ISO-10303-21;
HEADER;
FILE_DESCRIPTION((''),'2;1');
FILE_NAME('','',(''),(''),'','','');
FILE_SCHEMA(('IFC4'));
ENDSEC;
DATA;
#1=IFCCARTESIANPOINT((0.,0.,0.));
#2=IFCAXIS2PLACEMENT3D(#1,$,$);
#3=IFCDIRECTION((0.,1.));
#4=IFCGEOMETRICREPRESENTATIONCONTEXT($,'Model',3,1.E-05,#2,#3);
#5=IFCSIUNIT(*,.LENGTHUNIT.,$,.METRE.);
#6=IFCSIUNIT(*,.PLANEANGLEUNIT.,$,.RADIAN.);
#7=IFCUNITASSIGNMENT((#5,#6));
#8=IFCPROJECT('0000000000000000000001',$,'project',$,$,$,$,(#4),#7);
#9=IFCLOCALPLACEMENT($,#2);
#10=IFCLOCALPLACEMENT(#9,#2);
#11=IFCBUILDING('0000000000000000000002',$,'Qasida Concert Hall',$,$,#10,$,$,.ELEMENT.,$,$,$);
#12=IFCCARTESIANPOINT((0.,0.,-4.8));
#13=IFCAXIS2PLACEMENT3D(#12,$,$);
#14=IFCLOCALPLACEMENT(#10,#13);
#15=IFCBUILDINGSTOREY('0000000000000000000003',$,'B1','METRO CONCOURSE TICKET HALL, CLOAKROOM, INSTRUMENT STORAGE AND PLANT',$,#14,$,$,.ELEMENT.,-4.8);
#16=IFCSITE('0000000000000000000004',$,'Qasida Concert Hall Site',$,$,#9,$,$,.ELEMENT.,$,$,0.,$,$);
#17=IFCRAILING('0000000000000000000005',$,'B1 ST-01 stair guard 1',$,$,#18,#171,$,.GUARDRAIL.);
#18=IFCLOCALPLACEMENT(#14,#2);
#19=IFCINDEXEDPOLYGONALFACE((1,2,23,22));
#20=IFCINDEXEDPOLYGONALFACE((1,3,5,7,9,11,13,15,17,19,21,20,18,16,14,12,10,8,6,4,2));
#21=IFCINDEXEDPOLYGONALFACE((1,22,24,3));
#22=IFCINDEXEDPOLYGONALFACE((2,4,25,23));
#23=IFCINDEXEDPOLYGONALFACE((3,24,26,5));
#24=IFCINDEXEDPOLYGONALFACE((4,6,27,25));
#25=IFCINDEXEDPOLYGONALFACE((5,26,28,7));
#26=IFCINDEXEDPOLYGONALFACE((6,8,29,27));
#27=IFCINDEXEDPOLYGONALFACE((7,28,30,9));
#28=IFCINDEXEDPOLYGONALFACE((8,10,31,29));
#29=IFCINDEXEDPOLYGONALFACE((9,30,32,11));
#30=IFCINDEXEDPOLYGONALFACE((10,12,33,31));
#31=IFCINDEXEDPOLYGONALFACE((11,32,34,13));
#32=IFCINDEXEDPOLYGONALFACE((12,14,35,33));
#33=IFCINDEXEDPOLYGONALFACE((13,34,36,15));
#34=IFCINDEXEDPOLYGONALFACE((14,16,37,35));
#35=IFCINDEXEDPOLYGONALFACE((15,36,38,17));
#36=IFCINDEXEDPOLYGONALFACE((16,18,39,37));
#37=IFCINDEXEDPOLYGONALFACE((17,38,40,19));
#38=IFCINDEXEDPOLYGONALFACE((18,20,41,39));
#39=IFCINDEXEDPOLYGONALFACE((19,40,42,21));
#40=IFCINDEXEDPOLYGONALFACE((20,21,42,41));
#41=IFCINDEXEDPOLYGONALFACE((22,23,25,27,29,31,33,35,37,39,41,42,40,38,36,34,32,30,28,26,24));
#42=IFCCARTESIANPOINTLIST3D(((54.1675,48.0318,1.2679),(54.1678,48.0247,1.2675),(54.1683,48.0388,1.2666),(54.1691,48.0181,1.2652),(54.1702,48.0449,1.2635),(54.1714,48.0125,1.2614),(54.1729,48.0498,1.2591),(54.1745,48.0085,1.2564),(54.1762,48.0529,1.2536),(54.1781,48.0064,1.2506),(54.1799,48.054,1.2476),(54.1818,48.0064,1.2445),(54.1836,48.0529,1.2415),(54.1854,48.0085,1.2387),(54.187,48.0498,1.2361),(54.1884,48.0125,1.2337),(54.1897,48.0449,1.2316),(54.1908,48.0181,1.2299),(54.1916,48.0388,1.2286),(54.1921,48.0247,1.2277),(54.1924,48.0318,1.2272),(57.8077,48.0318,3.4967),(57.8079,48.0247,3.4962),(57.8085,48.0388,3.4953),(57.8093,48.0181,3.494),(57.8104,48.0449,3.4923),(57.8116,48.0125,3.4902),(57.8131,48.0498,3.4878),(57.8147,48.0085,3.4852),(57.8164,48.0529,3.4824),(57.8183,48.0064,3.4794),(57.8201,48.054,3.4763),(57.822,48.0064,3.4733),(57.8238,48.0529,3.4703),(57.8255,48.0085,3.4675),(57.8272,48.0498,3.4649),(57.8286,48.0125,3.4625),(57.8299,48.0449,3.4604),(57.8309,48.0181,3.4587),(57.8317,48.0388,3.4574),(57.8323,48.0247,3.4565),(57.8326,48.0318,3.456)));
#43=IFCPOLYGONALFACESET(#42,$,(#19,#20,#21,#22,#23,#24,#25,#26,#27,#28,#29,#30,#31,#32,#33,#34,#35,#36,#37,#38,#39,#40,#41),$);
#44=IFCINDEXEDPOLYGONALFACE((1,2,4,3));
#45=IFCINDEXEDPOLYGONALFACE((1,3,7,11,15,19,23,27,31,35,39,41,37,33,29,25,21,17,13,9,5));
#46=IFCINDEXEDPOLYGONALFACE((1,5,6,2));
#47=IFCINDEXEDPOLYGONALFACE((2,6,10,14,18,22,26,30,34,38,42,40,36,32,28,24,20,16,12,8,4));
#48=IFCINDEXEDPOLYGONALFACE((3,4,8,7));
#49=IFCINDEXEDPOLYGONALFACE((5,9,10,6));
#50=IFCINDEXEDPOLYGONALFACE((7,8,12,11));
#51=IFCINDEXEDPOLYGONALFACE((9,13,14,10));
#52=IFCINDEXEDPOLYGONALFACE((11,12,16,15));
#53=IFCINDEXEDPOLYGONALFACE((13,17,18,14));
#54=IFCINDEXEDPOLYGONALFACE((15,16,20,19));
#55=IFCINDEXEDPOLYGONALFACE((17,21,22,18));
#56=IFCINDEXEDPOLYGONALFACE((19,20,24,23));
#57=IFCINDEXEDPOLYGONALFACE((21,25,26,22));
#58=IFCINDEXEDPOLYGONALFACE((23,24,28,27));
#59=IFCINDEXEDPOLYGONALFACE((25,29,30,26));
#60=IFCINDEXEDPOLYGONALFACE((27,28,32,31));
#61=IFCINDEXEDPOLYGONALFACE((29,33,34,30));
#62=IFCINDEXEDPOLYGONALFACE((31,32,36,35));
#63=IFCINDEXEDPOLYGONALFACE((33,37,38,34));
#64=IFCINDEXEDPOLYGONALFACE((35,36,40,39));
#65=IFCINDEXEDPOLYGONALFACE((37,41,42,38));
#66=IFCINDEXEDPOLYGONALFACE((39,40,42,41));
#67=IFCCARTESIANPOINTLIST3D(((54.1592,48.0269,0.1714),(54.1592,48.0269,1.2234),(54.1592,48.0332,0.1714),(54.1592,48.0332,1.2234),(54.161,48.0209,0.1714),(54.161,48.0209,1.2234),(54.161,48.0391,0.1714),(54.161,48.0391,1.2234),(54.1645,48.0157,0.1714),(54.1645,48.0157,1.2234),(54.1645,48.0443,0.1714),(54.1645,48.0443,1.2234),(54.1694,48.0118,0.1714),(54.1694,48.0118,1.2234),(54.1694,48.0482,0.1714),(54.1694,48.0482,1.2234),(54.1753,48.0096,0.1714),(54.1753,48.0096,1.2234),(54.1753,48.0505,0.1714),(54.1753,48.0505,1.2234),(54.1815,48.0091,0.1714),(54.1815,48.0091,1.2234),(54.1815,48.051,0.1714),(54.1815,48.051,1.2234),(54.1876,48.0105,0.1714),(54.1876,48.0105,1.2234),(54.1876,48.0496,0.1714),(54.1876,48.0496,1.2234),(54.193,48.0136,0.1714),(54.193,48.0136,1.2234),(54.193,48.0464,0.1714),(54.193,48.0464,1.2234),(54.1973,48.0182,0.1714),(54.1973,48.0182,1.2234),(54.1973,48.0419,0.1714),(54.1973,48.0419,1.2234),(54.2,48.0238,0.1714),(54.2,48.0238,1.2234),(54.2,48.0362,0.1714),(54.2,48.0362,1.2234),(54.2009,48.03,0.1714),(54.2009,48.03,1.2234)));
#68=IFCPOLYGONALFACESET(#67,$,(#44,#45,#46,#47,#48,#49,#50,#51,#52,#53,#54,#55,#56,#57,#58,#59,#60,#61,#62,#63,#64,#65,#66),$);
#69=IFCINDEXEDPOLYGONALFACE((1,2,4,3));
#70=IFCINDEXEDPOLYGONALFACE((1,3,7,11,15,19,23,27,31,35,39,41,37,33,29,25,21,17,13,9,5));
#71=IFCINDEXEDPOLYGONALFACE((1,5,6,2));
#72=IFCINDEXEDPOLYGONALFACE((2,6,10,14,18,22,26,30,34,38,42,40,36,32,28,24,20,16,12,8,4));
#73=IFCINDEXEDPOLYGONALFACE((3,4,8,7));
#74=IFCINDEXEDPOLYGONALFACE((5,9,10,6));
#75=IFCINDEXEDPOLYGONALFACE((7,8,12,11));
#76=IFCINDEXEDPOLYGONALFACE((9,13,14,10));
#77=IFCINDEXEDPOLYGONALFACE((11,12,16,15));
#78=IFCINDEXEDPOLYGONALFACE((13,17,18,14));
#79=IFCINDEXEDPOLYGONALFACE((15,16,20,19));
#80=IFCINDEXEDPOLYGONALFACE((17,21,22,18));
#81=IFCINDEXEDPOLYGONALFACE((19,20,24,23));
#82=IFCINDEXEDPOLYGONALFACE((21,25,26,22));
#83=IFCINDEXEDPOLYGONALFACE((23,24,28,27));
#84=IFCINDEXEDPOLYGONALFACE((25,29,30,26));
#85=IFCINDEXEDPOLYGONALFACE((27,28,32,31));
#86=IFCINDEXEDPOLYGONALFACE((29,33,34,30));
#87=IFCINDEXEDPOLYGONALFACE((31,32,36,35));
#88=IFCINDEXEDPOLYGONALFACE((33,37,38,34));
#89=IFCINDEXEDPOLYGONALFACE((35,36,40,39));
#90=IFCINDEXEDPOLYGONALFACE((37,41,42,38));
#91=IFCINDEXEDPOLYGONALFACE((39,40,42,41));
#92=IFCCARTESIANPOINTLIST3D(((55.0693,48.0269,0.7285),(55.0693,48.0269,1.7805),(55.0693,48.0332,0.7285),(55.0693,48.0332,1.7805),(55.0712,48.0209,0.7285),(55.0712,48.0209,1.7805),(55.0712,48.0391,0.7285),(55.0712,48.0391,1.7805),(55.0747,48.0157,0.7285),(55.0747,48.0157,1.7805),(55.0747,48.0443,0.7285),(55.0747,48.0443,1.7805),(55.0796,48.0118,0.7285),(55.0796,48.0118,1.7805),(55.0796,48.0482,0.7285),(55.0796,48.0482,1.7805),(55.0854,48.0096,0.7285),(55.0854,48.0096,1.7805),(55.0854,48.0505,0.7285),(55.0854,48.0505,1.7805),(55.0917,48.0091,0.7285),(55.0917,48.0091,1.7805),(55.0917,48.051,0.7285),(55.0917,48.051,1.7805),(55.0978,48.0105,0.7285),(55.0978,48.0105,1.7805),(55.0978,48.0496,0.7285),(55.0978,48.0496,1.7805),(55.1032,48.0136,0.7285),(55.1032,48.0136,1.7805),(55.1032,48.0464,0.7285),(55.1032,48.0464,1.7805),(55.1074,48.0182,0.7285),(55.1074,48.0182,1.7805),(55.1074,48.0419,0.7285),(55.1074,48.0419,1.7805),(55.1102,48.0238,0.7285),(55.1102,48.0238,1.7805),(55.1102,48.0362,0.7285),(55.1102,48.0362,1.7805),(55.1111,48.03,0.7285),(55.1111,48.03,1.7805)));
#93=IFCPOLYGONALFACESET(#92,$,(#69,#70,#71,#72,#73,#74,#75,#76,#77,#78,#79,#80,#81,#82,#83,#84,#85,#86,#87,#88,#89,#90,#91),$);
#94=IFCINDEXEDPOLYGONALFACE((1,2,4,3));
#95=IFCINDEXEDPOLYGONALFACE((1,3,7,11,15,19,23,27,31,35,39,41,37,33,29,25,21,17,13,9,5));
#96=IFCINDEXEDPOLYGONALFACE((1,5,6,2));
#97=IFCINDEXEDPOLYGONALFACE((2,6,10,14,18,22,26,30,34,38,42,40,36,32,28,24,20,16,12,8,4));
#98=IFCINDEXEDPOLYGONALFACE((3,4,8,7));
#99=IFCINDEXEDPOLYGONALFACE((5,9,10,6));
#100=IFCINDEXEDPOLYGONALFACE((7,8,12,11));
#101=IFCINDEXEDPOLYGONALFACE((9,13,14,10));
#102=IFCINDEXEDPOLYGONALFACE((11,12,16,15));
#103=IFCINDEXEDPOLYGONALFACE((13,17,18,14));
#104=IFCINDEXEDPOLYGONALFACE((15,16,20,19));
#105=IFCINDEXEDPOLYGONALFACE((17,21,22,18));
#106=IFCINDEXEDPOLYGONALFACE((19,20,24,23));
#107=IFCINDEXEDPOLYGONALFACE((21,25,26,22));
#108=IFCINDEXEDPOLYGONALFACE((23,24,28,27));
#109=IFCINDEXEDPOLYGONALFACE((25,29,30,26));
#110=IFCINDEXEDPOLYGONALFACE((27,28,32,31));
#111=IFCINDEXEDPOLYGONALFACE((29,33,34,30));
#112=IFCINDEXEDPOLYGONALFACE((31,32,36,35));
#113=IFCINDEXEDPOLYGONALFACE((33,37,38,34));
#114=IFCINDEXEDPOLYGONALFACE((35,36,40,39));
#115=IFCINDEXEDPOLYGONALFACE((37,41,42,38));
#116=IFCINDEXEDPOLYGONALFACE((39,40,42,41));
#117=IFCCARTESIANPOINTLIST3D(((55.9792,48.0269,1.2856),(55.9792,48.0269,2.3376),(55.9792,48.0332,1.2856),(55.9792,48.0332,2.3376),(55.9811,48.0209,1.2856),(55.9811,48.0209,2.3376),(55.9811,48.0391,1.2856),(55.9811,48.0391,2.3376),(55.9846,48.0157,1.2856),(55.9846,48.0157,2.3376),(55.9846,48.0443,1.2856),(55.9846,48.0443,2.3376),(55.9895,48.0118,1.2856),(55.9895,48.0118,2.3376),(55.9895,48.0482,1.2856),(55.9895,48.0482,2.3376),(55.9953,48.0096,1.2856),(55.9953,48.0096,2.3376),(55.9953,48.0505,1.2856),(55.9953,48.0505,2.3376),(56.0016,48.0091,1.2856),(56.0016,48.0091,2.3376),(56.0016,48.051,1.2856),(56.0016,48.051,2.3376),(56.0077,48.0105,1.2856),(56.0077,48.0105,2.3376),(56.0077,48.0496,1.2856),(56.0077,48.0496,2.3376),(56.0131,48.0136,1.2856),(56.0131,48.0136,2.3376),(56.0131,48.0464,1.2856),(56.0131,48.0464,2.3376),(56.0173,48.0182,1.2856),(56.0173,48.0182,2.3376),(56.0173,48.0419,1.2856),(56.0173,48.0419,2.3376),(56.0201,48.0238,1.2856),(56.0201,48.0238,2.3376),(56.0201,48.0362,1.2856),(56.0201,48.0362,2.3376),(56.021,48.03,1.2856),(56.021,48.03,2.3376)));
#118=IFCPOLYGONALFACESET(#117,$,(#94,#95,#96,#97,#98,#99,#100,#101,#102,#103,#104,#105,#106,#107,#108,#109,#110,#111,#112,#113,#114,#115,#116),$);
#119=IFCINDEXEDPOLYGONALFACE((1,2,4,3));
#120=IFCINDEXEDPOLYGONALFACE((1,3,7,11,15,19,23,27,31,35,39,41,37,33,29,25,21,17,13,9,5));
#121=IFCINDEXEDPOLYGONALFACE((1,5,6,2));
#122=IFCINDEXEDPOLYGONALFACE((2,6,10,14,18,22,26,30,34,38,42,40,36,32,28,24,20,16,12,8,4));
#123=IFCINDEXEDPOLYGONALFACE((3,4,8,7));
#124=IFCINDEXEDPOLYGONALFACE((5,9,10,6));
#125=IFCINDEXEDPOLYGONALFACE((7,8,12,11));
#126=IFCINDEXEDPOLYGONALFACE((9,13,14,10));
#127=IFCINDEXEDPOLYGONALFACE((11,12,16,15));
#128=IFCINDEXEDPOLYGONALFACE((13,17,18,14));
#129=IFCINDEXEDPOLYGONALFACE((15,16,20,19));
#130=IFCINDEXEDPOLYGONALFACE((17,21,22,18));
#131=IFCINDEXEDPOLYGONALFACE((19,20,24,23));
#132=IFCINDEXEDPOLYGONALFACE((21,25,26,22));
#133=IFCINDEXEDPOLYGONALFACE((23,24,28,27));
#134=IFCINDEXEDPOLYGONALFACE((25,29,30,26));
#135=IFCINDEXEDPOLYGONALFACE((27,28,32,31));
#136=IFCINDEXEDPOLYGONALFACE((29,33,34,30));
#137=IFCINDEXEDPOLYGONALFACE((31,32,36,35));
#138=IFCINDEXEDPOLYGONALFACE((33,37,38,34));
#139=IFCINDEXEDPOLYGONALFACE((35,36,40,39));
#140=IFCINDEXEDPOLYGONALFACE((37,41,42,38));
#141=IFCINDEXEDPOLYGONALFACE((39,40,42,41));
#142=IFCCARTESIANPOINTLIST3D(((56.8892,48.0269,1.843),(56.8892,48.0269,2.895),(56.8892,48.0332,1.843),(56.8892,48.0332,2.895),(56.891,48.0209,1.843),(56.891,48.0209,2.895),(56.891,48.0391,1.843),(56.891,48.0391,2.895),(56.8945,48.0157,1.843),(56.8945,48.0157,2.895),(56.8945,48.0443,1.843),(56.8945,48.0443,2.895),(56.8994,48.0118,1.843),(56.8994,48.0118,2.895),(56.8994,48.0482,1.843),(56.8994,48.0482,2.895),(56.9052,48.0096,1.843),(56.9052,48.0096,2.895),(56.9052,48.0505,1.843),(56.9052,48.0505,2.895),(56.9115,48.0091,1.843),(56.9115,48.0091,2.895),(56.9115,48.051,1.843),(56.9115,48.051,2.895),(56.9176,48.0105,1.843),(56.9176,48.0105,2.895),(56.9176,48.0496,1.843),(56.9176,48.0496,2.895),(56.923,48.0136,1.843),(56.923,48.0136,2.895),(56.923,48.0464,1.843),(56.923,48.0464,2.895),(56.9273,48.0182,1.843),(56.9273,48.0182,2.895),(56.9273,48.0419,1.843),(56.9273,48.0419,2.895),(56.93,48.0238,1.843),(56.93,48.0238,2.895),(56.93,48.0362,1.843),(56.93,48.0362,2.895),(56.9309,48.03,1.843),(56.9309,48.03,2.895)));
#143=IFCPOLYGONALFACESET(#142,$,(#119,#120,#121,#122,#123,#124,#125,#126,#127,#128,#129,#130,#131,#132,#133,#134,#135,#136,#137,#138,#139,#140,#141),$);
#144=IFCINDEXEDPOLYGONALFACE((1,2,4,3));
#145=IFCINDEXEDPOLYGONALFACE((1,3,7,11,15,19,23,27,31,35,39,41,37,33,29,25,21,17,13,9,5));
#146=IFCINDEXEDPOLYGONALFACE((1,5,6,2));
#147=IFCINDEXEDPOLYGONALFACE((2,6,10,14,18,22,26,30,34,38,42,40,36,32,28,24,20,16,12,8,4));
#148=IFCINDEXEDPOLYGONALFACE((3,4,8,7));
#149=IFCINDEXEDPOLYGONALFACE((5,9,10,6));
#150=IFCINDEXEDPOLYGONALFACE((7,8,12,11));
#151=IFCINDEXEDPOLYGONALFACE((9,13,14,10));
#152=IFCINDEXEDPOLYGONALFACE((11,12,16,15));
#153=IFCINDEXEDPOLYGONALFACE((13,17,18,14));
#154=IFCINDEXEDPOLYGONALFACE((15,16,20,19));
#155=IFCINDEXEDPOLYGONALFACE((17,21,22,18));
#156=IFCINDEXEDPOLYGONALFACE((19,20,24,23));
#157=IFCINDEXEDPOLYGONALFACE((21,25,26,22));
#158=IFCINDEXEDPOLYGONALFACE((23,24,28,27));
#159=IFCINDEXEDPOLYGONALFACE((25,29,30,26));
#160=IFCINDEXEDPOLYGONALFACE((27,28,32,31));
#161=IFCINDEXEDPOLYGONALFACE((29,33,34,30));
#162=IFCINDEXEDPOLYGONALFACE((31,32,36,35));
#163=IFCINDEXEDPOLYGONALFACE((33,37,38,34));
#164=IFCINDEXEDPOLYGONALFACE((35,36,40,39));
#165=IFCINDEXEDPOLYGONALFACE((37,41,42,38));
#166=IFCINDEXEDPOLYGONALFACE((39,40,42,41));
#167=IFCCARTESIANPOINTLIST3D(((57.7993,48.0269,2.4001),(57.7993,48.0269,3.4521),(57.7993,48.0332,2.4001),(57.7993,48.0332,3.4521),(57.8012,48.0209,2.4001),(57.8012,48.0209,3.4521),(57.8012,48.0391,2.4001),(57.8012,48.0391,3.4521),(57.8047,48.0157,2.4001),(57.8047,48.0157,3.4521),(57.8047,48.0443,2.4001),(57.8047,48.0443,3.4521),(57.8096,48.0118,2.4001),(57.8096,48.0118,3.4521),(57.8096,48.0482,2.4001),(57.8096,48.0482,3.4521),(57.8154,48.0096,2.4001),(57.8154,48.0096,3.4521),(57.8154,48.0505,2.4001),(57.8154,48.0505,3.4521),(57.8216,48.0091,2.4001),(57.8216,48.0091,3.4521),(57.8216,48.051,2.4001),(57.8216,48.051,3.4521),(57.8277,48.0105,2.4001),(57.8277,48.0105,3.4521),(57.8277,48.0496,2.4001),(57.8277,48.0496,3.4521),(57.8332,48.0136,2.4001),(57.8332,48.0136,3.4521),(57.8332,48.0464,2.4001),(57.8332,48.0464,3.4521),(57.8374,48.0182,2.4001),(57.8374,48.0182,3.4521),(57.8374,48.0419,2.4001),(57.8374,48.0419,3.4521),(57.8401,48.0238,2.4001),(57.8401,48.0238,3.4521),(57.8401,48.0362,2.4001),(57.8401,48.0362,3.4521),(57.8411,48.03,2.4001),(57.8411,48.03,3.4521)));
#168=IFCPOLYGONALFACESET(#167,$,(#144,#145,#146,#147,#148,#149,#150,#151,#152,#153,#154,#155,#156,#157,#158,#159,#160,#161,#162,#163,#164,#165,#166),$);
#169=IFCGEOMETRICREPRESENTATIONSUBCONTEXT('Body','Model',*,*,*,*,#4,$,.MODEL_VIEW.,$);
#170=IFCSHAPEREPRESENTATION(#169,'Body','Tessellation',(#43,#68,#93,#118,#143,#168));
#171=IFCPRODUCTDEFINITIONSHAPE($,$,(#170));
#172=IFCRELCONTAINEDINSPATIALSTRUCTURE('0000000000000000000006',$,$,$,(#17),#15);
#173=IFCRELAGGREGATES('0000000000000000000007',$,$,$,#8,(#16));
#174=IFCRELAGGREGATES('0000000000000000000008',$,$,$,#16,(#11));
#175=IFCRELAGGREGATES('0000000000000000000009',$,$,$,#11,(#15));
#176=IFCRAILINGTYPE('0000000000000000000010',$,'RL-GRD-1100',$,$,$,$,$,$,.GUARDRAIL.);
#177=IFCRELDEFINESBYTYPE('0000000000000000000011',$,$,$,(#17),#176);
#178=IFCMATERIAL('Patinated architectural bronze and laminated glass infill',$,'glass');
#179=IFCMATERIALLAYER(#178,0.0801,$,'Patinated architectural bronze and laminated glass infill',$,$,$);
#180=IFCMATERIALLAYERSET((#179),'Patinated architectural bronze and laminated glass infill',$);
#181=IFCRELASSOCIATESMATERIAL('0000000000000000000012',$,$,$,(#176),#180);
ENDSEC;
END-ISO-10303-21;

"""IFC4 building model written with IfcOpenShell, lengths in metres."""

from ifc_helpers import new_model, si_unit, direction, frame, origin, origin_2d, place, context, subcontext, project, spatial, circle, extrude, material, layer, layer_set, type_object, element, save


model = new_model("IFC4")

# Units and contexts
model_context = context("Model", 3, precision=1e-05, world=origin(), true_north=direction((0.0, 1.0)))
body_context = subcontext(model_context, "Body", "Model", "MODEL_VIEW")
ifc_project = project(units=[si_unit("LENGTHUNIT", "METRE"), si_unit("PLANEANGLEUNIT", "RADIAN")], contexts=[model_context])

# Site, building, storey
site_placement = place(None, origin())
site = spatial("IfcSite", under=ifc_project, at=site_placement, Name="Qasida Concert Hall Site", CompositionType="ELEMENT", RefElevation=0.0)
building_placement = place(site_placement, origin())
building = spatial("IfcBuilding", under=site, at=building_placement, Name="Qasida Concert Hall", CompositionType="ELEMENT")
storey_placement = place(building_placement, frame((0.0, 0.0, -4.8)))
storey = spatial("IfcBuildingStorey", under=building, at=storey_placement, Name="B1", Description="METRO CONCOURSE TICKET HALL, CLOAKROOM, INSTRUMENT STORAGE AND PLANT", CompositionType="ELEMENT", Elevation=-4.8)

# Railing
ifc_material_1 = material(Name="Patinated architectural bronze and laminated glass infill", Category="glass")
ifc_layer_1 = layer(ifc_material_1, 0.0801, Name="Patinated architectural bronze and laminated glass infill")
ifc_layer_set_1 = layer_set([ifc_layer_1], Name="Patinated architectural bronze and laminated glass infill")
railing_type_1 = type_object("IfcRailingType", Name="RL-GRD-1100", PredefinedType="GUARDRAIL", material=ifc_layer_set_1)
railing_1_placement = place(storey_placement, frame((54.1799, 48.03, 0.1714)))
element("IfcRailing", 1, at=railing_1_placement, inside=storey, type_object=railing_type_1, Name="B1 ST-01 stair guard 1", PredefinedType="GUARDRAIL", context=body_context, shape_type="SweptSolid", body=[
    extrude(circle(Radius=0.0239, at=origin_2d()), frame((0.0, 0.0, 1.0762), z_axis=(0.85284, 0.0, 0.522172), x_axis=(0.0, 1.0, 0.0)), (0.0, 0.0, 1.0), 4.2683),
    extrude(circle(Radius=0.021, at=origin_2d()), origin(), (0.0, 0.0, 1.0), 1.052),
    extrude(circle(Radius=0.021, at=origin_2d()), frame((0.9102, 0.0, 0.5571)), (0.0, 0.0, 1.0), 1.052),
    extrude(circle(Radius=0.021, at=origin_2d()), frame((1.8201, 0.0, 1.1143)), (0.0, 0.0, 1.0), 1.052),
    extrude(circle(Radius=0.021, at=origin_2d()), frame((2.73, 0.0, 1.6716)), (0.0, 0.0, 1.0), 1.052),
    extrude(circle(Radius=0.021, at=origin_2d()), frame((3.6401, 0.0, 2.2288)), (0.0, 0.0, 1.0), 1.052),
])

save(model, "model.ifc")
